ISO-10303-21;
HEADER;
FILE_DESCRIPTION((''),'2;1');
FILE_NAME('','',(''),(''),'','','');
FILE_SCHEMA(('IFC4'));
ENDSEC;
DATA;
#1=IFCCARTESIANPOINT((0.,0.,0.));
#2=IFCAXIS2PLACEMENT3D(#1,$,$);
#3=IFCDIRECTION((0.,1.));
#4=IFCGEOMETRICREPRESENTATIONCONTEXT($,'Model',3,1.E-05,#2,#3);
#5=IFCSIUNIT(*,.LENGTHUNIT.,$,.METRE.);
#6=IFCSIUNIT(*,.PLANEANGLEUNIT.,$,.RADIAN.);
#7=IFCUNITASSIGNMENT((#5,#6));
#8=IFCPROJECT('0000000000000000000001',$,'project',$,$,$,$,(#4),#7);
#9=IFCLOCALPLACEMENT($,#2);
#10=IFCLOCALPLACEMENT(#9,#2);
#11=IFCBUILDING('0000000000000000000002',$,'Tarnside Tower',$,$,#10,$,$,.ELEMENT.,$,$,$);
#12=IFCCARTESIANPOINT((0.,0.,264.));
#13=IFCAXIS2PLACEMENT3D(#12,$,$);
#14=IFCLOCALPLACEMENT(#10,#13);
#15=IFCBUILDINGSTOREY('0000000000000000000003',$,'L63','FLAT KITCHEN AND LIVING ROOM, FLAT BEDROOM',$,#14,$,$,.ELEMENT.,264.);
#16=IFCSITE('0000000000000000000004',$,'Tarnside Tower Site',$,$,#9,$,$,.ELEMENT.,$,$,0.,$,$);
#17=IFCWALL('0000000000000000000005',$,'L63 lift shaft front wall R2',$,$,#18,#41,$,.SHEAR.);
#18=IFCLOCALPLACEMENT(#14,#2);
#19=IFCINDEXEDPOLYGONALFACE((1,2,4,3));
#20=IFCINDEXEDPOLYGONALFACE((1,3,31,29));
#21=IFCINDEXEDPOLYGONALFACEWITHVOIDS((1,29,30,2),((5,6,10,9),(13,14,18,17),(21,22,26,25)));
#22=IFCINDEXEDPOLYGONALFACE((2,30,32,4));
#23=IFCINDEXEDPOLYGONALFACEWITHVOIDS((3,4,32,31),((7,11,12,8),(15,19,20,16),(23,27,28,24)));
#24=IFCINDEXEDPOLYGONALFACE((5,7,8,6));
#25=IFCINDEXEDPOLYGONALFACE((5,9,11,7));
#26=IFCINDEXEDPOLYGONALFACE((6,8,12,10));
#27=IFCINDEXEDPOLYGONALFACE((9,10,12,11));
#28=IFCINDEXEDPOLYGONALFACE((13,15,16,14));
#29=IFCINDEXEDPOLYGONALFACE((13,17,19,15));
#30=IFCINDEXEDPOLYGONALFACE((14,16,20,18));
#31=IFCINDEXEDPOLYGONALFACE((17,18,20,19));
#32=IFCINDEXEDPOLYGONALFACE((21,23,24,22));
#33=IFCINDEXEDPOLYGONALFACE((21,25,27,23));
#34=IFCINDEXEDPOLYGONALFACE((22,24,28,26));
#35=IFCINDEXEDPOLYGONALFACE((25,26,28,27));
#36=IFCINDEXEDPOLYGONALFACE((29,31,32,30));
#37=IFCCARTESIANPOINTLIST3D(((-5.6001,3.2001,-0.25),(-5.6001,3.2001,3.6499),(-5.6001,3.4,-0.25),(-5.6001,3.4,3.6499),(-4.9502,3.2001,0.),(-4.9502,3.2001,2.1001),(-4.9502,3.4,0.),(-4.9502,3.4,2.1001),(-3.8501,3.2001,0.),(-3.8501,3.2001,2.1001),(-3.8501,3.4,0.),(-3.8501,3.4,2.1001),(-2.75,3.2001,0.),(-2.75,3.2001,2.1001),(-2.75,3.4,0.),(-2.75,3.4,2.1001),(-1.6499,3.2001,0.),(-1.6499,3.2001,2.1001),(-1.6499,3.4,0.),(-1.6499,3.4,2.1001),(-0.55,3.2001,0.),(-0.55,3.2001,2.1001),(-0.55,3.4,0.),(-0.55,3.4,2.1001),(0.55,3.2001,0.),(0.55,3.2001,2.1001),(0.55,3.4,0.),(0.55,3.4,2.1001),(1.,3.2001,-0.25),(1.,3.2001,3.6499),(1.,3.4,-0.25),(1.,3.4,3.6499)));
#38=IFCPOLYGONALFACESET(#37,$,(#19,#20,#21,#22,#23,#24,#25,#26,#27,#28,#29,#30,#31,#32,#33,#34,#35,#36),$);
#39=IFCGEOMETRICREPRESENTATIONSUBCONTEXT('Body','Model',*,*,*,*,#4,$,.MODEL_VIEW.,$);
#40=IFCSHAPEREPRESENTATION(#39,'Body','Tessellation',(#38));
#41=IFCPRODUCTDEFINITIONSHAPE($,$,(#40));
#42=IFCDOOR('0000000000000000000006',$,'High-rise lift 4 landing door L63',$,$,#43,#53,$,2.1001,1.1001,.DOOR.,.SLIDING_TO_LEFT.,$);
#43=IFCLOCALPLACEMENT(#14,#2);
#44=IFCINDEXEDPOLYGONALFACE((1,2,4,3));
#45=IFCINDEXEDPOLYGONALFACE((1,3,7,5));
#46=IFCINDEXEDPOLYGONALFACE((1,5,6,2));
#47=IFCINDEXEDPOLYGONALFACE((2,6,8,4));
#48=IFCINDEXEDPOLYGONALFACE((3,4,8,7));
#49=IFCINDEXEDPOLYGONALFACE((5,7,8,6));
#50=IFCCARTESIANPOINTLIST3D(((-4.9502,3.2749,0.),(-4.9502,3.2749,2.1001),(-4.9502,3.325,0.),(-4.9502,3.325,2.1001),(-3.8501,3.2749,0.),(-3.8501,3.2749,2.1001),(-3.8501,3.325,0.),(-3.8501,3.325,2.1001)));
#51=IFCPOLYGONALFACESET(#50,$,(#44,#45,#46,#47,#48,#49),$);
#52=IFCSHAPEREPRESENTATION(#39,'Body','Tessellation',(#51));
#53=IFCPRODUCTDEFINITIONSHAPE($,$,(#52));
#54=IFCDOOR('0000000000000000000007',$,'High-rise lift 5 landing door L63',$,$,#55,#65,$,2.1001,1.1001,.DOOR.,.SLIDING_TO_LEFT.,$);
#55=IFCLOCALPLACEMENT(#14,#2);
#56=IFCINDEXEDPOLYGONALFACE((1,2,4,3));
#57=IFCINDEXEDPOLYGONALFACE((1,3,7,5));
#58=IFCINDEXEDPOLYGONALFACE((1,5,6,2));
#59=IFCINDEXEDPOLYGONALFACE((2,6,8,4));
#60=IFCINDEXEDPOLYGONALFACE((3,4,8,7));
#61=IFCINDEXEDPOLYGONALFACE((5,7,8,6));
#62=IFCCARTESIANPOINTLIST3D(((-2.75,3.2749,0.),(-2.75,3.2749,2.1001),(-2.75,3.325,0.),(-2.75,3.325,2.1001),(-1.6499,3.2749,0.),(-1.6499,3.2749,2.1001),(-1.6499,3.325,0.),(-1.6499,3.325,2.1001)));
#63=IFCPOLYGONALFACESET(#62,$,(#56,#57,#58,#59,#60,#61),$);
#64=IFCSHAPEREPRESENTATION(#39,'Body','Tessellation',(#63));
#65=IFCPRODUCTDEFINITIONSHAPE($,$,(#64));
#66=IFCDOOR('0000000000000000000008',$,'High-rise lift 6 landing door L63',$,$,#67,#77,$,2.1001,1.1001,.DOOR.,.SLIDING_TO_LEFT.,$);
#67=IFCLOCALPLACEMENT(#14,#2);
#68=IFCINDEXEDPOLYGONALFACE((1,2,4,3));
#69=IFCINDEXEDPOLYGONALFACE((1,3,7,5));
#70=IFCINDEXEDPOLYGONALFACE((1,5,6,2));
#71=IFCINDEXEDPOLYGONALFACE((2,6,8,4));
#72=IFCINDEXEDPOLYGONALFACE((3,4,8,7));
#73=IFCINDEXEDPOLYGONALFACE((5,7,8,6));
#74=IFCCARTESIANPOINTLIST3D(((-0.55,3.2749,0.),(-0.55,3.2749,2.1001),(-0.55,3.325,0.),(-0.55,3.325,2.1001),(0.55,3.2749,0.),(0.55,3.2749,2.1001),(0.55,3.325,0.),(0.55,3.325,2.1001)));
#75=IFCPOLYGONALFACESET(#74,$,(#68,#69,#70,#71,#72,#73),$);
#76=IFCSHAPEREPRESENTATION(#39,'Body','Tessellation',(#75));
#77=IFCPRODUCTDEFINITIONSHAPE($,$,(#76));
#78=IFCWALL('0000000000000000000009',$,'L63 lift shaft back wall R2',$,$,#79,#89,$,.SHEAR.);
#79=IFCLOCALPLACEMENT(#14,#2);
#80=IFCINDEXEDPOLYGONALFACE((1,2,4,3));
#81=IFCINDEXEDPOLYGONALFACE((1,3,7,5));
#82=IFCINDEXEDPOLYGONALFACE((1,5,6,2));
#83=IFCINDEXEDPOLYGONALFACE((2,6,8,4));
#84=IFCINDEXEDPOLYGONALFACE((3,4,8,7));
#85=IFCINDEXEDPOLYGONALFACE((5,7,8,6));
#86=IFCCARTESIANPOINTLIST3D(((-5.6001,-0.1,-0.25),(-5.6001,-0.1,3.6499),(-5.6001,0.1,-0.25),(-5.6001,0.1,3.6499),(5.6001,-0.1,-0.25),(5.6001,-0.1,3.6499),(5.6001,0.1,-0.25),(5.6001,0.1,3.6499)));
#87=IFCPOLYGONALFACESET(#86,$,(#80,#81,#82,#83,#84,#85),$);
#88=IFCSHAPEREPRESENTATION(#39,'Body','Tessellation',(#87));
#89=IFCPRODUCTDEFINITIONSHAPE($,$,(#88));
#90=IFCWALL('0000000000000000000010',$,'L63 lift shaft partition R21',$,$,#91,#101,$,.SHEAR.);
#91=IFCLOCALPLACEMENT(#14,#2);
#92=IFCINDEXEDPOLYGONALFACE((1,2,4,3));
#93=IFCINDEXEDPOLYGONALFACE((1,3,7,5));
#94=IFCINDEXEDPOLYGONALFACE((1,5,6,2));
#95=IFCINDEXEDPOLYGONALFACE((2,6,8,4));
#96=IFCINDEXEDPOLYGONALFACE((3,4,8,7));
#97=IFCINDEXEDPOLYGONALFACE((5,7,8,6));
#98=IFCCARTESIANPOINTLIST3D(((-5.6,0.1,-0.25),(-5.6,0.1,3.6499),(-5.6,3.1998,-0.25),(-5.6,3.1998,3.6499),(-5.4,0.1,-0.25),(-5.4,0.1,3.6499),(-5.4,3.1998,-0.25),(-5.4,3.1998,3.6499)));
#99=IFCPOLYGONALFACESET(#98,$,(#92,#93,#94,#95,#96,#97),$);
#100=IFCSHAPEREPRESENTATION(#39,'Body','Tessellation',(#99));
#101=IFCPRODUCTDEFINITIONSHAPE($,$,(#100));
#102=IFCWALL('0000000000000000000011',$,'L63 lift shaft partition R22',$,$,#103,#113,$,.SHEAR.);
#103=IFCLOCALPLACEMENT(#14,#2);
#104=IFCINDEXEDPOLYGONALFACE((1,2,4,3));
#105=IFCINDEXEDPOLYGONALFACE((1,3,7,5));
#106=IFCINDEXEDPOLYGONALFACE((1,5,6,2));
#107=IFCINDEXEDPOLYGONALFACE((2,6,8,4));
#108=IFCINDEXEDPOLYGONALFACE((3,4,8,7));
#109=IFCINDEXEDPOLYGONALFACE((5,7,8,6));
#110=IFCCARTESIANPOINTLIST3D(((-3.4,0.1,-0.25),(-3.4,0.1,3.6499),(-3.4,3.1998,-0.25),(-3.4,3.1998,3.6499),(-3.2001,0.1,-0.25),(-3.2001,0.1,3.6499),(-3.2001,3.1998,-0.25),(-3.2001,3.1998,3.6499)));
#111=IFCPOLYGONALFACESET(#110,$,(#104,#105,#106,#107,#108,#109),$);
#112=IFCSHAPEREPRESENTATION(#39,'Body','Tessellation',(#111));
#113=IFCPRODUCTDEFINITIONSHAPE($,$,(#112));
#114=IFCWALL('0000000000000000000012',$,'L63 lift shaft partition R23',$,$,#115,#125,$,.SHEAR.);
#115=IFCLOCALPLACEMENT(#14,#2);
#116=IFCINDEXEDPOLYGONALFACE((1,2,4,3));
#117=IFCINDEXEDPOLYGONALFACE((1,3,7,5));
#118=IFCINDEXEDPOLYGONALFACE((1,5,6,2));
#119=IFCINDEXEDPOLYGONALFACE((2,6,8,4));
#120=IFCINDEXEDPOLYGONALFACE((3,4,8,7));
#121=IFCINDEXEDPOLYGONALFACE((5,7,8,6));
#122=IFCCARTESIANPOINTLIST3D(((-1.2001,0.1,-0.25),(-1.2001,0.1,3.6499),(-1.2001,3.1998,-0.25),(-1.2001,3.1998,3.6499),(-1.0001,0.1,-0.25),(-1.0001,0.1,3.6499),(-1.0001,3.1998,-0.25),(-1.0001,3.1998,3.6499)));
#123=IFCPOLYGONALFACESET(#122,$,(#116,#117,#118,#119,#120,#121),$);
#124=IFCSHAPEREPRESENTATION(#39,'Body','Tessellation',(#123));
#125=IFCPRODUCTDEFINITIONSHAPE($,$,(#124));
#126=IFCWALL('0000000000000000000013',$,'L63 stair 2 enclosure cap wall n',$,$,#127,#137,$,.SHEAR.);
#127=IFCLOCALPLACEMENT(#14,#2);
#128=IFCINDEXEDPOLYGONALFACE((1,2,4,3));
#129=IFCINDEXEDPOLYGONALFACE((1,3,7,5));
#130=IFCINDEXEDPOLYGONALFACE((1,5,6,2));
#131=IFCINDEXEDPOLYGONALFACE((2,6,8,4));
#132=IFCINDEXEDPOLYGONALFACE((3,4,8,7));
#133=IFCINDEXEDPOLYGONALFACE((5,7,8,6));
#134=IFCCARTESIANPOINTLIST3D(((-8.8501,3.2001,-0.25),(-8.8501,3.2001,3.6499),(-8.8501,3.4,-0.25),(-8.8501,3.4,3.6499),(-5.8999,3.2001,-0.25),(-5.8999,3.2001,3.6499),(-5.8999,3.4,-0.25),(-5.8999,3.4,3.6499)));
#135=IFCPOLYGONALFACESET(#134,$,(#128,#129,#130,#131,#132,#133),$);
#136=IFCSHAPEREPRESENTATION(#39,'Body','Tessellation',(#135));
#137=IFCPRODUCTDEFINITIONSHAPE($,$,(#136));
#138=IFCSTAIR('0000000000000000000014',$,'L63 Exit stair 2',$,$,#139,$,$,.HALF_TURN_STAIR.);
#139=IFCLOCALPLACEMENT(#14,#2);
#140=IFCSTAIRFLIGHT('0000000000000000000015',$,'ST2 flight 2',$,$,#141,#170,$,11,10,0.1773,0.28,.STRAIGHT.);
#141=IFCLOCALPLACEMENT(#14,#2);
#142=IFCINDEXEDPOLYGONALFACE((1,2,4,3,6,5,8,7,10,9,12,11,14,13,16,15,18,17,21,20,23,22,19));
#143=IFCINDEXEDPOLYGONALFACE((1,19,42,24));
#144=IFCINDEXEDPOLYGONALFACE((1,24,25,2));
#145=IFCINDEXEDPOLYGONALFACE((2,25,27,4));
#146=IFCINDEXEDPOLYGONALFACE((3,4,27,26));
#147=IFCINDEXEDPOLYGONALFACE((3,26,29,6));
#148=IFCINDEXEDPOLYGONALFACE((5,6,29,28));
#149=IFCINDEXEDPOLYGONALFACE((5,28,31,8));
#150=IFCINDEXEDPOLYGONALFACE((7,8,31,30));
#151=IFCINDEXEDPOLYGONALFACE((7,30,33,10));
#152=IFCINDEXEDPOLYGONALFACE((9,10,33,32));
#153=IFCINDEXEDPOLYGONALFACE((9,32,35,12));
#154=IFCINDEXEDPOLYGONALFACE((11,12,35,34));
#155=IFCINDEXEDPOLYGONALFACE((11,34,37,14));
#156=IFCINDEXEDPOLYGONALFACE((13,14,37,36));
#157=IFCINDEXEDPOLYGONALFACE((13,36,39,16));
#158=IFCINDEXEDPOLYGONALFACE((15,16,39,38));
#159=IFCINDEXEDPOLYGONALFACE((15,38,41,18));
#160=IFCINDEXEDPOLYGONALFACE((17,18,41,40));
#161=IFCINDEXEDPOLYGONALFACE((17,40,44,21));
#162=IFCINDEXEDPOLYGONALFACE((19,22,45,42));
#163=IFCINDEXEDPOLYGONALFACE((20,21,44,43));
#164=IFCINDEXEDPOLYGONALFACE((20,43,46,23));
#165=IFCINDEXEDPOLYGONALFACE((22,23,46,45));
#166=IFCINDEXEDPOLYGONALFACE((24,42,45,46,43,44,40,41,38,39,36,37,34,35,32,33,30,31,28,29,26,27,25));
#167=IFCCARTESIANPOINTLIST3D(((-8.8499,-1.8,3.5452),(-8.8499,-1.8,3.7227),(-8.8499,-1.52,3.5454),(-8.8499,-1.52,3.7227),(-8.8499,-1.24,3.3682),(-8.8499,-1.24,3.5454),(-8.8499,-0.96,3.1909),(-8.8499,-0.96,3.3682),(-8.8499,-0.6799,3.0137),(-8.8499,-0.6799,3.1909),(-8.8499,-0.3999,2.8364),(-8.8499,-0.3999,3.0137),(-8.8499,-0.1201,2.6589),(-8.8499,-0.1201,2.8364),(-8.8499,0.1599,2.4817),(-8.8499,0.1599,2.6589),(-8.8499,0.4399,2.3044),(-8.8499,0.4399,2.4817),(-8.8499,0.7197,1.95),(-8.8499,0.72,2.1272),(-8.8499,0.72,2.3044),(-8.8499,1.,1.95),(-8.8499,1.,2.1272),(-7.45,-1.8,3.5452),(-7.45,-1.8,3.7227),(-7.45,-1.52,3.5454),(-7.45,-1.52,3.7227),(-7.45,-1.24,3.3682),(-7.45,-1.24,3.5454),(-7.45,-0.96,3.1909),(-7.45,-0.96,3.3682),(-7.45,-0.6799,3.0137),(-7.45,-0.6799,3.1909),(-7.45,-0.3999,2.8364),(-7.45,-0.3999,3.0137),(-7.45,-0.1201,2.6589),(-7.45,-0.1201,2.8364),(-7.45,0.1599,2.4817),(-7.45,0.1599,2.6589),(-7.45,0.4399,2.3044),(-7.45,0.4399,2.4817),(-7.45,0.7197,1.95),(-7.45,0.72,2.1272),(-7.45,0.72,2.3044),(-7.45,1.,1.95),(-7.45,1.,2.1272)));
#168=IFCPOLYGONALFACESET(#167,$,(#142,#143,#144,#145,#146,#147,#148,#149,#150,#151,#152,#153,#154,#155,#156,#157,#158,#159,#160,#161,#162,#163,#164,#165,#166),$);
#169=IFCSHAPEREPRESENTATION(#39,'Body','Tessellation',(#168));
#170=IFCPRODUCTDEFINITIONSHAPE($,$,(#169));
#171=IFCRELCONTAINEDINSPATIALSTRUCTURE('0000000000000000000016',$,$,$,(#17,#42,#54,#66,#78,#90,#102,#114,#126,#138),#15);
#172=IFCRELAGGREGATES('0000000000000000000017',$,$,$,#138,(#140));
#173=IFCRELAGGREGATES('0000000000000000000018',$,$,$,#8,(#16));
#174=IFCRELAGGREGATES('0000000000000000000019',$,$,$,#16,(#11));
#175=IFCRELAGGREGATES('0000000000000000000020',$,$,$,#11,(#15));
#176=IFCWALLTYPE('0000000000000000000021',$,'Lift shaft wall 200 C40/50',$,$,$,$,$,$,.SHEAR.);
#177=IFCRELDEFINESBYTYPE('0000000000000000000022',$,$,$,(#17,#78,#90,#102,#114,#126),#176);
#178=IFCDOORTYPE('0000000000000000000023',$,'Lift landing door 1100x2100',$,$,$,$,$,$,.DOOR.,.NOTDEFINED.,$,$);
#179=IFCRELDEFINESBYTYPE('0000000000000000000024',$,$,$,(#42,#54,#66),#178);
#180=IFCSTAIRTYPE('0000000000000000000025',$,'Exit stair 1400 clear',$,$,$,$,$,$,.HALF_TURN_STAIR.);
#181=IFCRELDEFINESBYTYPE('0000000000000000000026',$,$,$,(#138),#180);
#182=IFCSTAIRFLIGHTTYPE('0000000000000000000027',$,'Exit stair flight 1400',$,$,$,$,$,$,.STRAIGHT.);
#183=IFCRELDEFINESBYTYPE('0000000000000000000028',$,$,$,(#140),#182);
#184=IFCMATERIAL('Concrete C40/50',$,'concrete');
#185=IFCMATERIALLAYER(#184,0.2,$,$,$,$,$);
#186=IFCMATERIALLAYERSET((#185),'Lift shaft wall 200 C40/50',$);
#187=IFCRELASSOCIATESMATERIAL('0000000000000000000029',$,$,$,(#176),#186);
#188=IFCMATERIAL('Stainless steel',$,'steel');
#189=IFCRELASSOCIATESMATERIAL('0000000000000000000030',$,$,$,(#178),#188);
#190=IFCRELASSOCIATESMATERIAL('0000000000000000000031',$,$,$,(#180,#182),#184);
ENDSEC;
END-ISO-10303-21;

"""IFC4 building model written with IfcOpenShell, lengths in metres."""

from ifc_helpers import new_model, si_unit, direction, frame, frame_2d, origin, place, context, subcontext, project, spatial, polyline, rectangle, outline, extrude, material, layer, layer_set, type_object, element, fill, aggregate, save


model = new_model("IFC4")

# Units and contexts
model_context = context("Model", 3, precision=1e-05, world=origin(), true_north=direction((0.0, 1.0)))
body_context = subcontext(model_context, "Body", "Model", "MODEL_VIEW")
ifc_project = project(units=[si_unit("LENGTHUNIT", "METRE"), si_unit("PLANEANGLEUNIT", "RADIAN")], contexts=[model_context])

# Site, building, storey
site_placement = place(None, origin())
site = spatial("IfcSite", under=ifc_project, at=site_placement, Name="Tarnside Tower Site", CompositionType="ELEMENT", RefElevation=0.0)
building_placement = place(site_placement, origin())
building = spatial("IfcBuilding", under=site, at=building_placement, Name="Tarnside Tower", CompositionType="ELEMENT")
storey_placement = place(building_placement, frame((0.0, 0.0, 264.0)))
storey = spatial("IfcBuildingStorey", under=building, at=storey_placement, Name="L63", Description="FLAT KITCHEN AND LIVING ROOM, FLAT BEDROOM", CompositionType="ELEMENT", Elevation=264.0)

# Shared definitions
ifc_material_1 = material(Name="Concrete C40/50", Category="concrete")
ifc_layer_1 = layer(ifc_material_1, 0.2)
ifc_layer_set_1 = layer_set([ifc_layer_1], Name="Lift shaft wall 200 C40/50")
wall_type_1 = type_object("IfcWallType", Name="Lift shaft wall 200 C40/50", PredefinedType="SHEAR", material=ifc_layer_set_1)
ifc_material_2 = material(Name="Stainless steel", Category="steel")
door_type_1 = type_object("IfcDoorType", Name="Lift landing door 1100x2100", OperationType="NOTDEFINED", PredefinedType="DOOR", material=ifc_material_2)

# Wall, openings, doors
wall_1_placement = place(storey_placement, frame((-5.6001, 3.3, -0.25), z_axis=(0.0, 0.0, 1.0), x_axis=(1.0, 0.0, 0.0)))
wall_1 = element("IfcWall", 1, at=wall_1_placement, inside=storey, type_object=wall_type_1, Name="L63 lift shaft front wall R2", PredefinedType="SHEAR", context=body_context, shape_type="SweptSolid", body=[
    extrude(rectangle(XDim=6.6001, YDim=0.2, at=frame_2d((3.3, 0.0))), origin(), (0.0, 0.0, 1.0), 3.8999),
])
opening_1_placement = place(wall_1_placement, frame((0.6499, 0.0, 0.25)))
opening_1 = element("IfcOpeningElement", 2, at=opening_1_placement, cuts=wall_1, PredefinedType="OPENING", context=body_context, shape_type="SweptSolid", body=[
    extrude(rectangle(XDim=1.1001, YDim=2.1001, at=frame_2d((0.55, 1.05))), frame((0.0, 0.1099, 0.0), z_axis=(0.0, -1.0, 0.0), x_axis=(1.0, 0.0, 0.0)), (0.0, 0.0, 1.0), 0.22),
])
opening_2_placement = place(wall_1_placement, frame((2.8501, 0.0, 0.25)))
opening_2 = element("IfcOpeningElement", 3, at=opening_2_placement, cuts=wall_1, PredefinedType="OPENING", context=body_context, shape_type="SweptSolid", body=[
    extrude(rectangle(XDim=1.1001, YDim=2.1001, at=frame_2d((0.55, 1.05))), frame((0.0, 0.1099, 0.0), z_axis=(0.0, -1.0, 0.0), x_axis=(1.0, 0.0, 0.0)), (0.0, 0.0, 1.0), 0.22),
])
opening_3_placement = place(wall_1_placement, frame((5.05, 0.0, 0.25)))
opening_3 = element("IfcOpeningElement", 4, at=opening_3_placement, cuts=wall_1, PredefinedType="OPENING", context=body_context, shape_type="SweptSolid", body=[
    extrude(rectangle(XDim=1.1001, YDim=2.1001, at=frame_2d((0.55, 1.05))), frame((0.0, 0.1099, 0.0), z_axis=(0.0, -1.0, 0.0), x_axis=(1.0, 0.0, 0.0)), (0.0, 0.0, 1.0), 0.22),
])
door_1_placement = place(opening_1_placement, origin())
door_1 = element("IfcDoor", 5, at=door_1_placement, inside=storey, type_object=door_type_1, Name="High-rise lift 4 landing door L63", OperationType="SLIDING_TO_LEFT", OverallHeight=2.1001, OverallWidth=1.1001, PredefinedType="DOOR", context=body_context, shape_type="SweptSolid", body=[
    extrude(rectangle(XDim=1.1001, YDim=2.1001, at=frame_2d((0.55, 1.05))), frame((0.0, 0.0249, 0.0), z_axis=(0.0, -1.0, 0.0), x_axis=(1.0, 0.0, 0.0)), (0.0, 0.0, 1.0), 0.05),
])
fill(opening_1, door_1)
door_2_placement = place(opening_2_placement, origin())
door_2 = element("IfcDoor", 6, at=door_2_placement, inside=storey, type_object=door_type_1, Name="High-rise lift 5 landing door L63", OperationType="SLIDING_TO_LEFT", OverallHeight=2.1001, OverallWidth=1.1001, PredefinedType="DOOR", context=body_context, shape_type="SweptSolid", body=[
    extrude(rectangle(XDim=1.1001, YDim=2.1001, at=frame_2d((0.55, 1.05))), frame((0.0, 0.0249, 0.0), z_axis=(0.0, -1.0, 0.0), x_axis=(1.0, 0.0, 0.0)), (0.0, 0.0, 1.0), 0.05),
])
fill(opening_2, door_2)
door_3_placement = place(opening_3_placement, origin())
door_3 = element("IfcDoor", 7, at=door_3_placement, inside=storey, type_object=door_type_1, Name="High-rise lift 6 landing door L63", OperationType="SLIDING_TO_LEFT", OverallHeight=2.1001, OverallWidth=1.1001, PredefinedType="DOOR", context=body_context, shape_type="SweptSolid", body=[
    extrude(rectangle(XDim=1.1001, YDim=2.1001, at=frame_2d((0.55, 1.05))), frame((0.0, 0.0249, 0.0), z_axis=(0.0, -1.0, 0.0), x_axis=(1.0, 0.0, 0.0)), (0.0, 0.0, 1.0), 0.05),
])
fill(opening_3, door_3)

# Walls
wall_2_placement = place(storey_placement, frame((-5.6001, 0.0, -0.25), z_axis=(0.0, 0.0, 1.0), x_axis=(1.0, 0.0, 0.0)))
element("IfcWall", 8, at=wall_2_placement, inside=storey, type_object=wall_type_1, Name="L63 lift shaft back wall R2", PredefinedType="SHEAR", context=body_context, shape_type="SweptSolid", body=[
    extrude(rectangle(XDim=11.2002, YDim=0.2, at=frame_2d((5.6001, 0.0))), origin(), (0.0, 0.0, 1.0), 3.8999),
])
for number, where, z_axis, x_axis, name in (
    (9, (-5.5, 0.1001, -0.25), (0.0, 0.0, 1.0), (0.0, 1.0, 0.0), "L63 lift shaft partition R21"),
    (10, (-3.3, 0.1001, -0.25), (0.0, 0.0, 1.0), (0.0, 1.0, 0.0), "L63 lift shaft partition R22"),
    (11, (-1.1001, 0.1001, -0.25), (0.0, 0.0, 1.0), (0.0, 1.0, 0.0), "L63 lift shaft partition R23"),
):
    element("IfcWall", number, at=place(storey_placement, frame(where, z_axis=z_axis, x_axis=x_axis)), inside=storey, type_object=wall_type_1, Name=name, PredefinedType="SHEAR", context=body_context, shape_type="SweptSolid", body=[
        extrude(rectangle(XDim=3.0999, YDim=0.2, at=frame_2d((1.5498, 0.0))), origin(), (0.0, 0.0, 1.0), 3.8999),
    ])
wall_3_placement = place(storey_placement, frame((-8.8501, 3.3, -0.25), z_axis=(0.0, 0.0, 1.0), x_axis=(1.0, 0.0, 0.0)))
element("IfcWall", 12, at=wall_3_placement, inside=storey, type_object=wall_type_1, Name="L63 stair 2 enclosure cap wall n", PredefinedType="SHEAR", context=body_context, shape_type="SweptSolid", body=[
    extrude(rectangle(XDim=2.9502, YDim=0.2, at=frame_2d((1.4751, 0.0))), origin(), (0.0, 0.0, 1.0), 3.8999),
])

# Stair, stair flight
stair_type = type_object("IfcStairType", Name="Exit stair 1400 clear", PredefinedType="HALF_TURN_STAIR", material=ifc_material_1)
stair_placement = place(storey_placement, origin())
stair = element("IfcStair", 13, at=stair_placement, inside=storey, type_object=stair_type, Name="L63 Exit stair 2", PredefinedType="HALF_TURN_STAIR")
stair_flight_type = type_object("IfcStairFlightType", Name="Exit stair flight 1400", PredefinedType="STRAIGHT", material=ifc_material_1)
stair_flight_placement = place(storey_placement, frame((-8.1499, 1.0, 1.95), z_axis=(0.0, 0.0, 1.0), x_axis=(0.0, -1.0, 0.0)))
stair_flight = element("IfcStairFlight", 14, at=stair_flight_placement, type_object=stair_flight_type, Name="ST2 flight 2", NumberOfRisers=11, NumberOfTreads=10, PredefinedType="STRAIGHT", RiserHeight=0.1773, TreadLength=0.28, context=body_context, shape_type="SweptSolid", body=[
    extrude(outline(polyline([(0.0, 0.0), (0.0, 0.1772), (0.28, 0.1772), (0.28, 0.3545), (0.5601, 0.3545), (0.5601, 0.5317), (0.8401, 0.5317), (0.8401, 0.709), (1.1201, 0.709), (1.1201, 0.8865), (1.3999, 0.8865), (1.3999, 1.0637), (1.6799, 1.0637), (1.6799, 1.241), (1.96, 1.241), (1.96, 1.4182), (2.24, 1.4182), (2.24, 1.5955), (2.52, 1.5955), (2.52, 1.7727), (2.8, 1.7727), (2.8, 1.95), (2.8, 1.5952), (0.2803, 0.0), (0.0, 0.0)])), frame((0.0, 0.7, 0.0), z_axis=(0.0, -1.0, 0.0), x_axis=(1.0, 0.0, 0.0)), (0.0, 0.0, 1.0), 1.3999),
])
aggregate(stair, [stair_flight])

save(model, "model.ifc")
